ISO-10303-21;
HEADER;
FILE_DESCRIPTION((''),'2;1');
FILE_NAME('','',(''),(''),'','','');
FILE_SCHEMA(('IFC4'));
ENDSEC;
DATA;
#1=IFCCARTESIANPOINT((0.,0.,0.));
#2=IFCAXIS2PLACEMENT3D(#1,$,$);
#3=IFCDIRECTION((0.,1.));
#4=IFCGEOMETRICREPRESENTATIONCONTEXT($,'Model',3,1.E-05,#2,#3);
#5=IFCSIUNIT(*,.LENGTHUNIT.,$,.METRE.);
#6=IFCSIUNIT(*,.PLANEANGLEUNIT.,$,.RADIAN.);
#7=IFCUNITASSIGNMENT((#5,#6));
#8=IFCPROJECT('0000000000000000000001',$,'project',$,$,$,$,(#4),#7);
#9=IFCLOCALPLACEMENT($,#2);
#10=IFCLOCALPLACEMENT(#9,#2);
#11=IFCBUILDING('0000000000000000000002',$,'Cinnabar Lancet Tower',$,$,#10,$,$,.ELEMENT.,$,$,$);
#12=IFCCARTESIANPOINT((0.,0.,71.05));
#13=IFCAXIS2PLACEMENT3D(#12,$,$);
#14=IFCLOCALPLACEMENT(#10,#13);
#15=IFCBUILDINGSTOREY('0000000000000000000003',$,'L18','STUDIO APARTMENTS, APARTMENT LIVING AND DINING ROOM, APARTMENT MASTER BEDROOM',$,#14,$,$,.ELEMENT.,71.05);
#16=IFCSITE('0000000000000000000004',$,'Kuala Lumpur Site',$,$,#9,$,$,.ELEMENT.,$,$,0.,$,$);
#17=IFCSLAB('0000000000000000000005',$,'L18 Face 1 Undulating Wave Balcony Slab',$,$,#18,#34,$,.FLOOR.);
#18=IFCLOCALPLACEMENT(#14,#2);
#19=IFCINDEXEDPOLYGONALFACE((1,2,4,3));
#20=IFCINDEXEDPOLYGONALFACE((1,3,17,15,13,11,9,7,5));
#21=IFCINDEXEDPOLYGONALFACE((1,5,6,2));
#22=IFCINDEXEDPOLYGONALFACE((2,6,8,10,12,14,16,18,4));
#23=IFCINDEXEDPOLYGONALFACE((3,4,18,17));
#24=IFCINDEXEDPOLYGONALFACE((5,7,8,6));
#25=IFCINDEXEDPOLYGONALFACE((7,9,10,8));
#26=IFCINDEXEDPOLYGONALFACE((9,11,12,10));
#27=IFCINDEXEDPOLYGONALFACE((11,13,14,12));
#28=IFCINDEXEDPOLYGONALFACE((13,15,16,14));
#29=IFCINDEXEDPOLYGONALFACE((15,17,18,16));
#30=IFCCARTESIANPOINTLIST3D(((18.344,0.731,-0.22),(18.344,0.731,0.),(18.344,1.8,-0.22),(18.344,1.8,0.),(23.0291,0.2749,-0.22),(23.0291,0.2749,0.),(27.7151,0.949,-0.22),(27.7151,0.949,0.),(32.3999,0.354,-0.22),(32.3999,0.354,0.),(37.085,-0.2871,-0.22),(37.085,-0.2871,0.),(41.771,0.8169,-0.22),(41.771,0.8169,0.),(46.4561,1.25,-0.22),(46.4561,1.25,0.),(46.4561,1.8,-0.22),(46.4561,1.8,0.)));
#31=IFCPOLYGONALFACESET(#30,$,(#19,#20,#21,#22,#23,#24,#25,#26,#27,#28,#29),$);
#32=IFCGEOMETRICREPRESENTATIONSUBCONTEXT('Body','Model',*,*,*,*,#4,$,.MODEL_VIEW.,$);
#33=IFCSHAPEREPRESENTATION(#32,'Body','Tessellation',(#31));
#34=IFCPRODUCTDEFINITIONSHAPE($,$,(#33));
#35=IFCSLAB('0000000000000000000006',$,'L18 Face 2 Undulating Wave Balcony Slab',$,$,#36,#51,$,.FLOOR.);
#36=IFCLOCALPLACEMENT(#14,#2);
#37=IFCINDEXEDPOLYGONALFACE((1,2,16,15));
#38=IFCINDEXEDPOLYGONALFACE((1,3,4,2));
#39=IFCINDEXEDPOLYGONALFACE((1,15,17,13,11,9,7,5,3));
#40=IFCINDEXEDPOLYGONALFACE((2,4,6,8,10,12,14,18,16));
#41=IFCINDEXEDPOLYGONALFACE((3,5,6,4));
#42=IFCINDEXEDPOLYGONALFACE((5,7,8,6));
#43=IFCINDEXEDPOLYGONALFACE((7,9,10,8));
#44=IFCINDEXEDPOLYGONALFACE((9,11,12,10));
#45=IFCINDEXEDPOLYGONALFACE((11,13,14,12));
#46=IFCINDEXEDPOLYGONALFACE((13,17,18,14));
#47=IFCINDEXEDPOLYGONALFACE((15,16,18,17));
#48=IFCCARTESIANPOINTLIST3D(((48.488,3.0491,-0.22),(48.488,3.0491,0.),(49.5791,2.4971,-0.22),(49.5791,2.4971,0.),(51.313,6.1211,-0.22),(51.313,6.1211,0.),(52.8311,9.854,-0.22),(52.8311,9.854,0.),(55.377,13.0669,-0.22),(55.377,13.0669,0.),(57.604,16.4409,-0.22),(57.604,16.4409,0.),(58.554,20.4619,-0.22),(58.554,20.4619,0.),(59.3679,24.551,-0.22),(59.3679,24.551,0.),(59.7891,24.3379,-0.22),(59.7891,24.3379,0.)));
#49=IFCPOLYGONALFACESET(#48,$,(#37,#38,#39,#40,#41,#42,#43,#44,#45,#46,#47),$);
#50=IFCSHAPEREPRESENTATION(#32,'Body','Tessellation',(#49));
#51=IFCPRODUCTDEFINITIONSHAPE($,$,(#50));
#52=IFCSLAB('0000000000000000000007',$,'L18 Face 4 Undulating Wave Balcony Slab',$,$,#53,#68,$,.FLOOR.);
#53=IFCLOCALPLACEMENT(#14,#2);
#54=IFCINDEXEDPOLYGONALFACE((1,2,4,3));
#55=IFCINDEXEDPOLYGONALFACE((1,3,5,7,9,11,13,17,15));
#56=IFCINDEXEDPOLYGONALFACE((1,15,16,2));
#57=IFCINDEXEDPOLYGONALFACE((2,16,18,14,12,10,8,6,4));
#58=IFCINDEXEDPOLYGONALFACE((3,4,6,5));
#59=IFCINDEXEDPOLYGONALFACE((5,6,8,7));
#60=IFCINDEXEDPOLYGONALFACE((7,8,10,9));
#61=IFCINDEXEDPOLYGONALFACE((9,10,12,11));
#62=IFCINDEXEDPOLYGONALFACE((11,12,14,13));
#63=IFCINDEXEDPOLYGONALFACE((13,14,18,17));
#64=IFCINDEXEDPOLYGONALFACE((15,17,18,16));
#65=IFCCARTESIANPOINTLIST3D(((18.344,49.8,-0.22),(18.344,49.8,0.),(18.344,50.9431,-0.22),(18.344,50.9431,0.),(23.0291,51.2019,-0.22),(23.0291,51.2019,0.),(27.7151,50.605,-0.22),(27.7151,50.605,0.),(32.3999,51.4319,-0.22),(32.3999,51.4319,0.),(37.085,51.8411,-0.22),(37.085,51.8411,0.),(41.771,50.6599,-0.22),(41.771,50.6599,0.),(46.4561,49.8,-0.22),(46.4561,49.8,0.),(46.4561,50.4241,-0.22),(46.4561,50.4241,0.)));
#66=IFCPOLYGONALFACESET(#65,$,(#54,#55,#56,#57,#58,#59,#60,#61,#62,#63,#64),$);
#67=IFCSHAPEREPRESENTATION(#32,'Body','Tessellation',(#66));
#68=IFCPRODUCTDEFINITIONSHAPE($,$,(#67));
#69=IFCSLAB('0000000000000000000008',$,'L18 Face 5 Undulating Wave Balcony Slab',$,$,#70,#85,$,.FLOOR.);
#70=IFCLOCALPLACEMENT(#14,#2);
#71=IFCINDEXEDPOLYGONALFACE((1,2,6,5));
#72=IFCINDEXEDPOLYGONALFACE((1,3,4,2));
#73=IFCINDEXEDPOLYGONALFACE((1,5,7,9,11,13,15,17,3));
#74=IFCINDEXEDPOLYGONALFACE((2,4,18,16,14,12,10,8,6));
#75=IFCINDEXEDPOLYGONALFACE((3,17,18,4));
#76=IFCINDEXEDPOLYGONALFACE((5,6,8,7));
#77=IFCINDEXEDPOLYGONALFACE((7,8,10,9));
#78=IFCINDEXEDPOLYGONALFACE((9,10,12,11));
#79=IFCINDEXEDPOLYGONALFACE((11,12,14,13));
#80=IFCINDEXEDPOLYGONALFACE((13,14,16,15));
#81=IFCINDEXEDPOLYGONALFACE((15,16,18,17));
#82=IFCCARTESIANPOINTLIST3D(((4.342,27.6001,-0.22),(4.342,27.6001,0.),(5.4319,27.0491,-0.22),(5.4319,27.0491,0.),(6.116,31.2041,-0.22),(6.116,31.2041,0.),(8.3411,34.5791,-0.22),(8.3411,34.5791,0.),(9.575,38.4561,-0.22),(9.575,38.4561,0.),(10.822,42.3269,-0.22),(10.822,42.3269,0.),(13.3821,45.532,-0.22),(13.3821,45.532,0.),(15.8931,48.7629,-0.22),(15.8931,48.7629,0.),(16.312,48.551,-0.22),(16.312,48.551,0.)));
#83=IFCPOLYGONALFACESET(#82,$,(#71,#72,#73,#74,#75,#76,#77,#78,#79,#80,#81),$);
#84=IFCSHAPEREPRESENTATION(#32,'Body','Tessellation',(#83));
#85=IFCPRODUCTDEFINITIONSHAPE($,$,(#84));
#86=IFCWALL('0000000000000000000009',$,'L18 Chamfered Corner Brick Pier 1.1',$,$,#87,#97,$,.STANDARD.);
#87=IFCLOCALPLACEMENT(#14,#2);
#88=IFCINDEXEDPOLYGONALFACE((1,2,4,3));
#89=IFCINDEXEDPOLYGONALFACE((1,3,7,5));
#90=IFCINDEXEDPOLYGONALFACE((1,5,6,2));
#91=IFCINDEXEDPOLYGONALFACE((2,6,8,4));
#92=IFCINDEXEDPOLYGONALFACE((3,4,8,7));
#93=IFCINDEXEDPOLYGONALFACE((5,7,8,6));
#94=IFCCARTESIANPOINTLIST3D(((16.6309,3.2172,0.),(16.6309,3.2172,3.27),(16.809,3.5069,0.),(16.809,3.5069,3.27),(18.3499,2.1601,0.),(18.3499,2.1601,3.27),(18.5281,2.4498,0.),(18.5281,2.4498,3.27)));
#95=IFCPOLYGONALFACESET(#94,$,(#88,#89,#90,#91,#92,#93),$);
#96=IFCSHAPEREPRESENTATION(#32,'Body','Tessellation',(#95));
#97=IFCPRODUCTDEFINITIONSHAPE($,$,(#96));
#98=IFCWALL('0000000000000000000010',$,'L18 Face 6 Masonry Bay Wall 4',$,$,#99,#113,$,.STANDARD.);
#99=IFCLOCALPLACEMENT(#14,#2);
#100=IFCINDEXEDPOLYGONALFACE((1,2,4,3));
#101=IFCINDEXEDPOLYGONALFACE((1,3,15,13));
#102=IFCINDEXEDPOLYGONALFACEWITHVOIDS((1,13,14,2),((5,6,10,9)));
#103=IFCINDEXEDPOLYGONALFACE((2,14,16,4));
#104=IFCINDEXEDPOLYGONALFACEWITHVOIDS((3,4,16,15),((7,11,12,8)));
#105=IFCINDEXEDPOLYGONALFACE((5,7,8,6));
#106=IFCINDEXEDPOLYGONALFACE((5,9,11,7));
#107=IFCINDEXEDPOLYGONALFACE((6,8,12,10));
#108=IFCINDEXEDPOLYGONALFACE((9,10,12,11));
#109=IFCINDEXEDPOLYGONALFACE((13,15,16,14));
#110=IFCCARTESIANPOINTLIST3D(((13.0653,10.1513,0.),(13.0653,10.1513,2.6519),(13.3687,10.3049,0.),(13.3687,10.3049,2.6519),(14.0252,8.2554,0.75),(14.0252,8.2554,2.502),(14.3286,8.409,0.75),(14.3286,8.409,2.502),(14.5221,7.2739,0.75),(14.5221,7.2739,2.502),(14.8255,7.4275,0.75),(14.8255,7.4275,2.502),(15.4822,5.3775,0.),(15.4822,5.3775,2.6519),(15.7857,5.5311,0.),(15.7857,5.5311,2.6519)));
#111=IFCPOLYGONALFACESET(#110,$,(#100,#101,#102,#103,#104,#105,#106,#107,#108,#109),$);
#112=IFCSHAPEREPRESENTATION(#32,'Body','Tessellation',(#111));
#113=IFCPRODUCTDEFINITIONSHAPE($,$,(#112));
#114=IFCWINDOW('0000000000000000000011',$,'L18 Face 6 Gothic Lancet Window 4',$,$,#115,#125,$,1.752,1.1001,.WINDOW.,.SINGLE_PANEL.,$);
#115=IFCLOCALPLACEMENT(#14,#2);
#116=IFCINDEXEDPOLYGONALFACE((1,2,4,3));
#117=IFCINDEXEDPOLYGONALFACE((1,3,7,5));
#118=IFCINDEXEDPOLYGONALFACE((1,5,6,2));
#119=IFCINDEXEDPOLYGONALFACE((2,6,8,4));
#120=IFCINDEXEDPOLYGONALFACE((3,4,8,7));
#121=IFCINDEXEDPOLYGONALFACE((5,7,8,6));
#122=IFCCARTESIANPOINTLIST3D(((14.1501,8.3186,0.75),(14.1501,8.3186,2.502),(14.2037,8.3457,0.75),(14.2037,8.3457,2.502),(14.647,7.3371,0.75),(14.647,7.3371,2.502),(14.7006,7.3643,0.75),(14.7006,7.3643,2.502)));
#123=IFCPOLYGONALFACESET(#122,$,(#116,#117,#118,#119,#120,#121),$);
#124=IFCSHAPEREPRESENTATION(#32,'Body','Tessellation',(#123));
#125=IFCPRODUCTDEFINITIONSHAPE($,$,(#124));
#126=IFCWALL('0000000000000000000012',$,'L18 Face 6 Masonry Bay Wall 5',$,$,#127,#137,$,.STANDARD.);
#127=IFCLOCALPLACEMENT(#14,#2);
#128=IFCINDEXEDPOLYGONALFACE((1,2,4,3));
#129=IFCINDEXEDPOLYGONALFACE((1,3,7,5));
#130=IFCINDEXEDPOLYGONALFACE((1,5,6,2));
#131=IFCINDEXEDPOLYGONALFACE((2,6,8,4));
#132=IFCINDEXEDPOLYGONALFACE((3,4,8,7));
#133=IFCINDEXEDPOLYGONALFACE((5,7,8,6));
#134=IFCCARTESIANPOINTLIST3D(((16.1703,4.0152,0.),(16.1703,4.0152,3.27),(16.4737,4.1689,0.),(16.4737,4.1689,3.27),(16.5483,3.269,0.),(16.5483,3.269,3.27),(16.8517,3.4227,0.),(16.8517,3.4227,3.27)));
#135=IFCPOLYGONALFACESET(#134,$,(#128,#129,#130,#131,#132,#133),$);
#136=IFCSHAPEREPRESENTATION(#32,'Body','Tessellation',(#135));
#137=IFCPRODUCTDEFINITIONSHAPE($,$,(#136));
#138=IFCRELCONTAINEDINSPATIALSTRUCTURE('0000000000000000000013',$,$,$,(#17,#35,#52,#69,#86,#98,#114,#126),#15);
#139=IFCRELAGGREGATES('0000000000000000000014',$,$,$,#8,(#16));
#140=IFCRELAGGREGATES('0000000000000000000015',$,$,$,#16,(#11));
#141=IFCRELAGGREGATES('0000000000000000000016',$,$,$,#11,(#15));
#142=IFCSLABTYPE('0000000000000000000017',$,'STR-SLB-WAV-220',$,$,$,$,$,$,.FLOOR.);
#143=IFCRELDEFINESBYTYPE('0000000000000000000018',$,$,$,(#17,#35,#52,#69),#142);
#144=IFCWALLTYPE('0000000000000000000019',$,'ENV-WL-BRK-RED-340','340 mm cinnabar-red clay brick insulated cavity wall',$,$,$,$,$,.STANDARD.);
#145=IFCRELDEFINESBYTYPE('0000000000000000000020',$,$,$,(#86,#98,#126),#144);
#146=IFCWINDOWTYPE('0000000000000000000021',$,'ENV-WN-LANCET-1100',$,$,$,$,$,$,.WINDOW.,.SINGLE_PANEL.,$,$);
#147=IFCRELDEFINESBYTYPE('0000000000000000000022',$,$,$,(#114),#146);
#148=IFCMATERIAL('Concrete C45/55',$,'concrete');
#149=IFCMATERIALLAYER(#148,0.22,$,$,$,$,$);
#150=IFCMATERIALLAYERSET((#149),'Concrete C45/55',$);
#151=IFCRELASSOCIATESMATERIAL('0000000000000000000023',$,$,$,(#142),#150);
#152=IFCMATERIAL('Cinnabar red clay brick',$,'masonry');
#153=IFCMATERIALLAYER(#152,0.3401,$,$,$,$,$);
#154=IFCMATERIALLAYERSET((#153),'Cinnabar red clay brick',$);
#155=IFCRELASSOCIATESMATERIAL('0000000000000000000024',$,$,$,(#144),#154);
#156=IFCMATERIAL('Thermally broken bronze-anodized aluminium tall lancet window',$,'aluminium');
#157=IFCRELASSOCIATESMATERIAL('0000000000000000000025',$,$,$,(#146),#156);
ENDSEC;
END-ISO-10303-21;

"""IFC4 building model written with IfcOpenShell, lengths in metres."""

from ifc_helpers import new_model, si_unit, direction, frame, frame_2d, origin, place, context, subcontext, project, spatial, polyline, rectangle, outline, extrude, material, layer, layer_set, type_object, element, fill, save


model = new_model("IFC4")

# Units and contexts
model_context = context("Model", 3, precision=1e-05, world=origin(), true_north=direction((0.0, 1.0)))
body_context = subcontext(model_context, "Body", "Model", "MODEL_VIEW")
ifc_project = project(units=[si_unit("LENGTHUNIT", "METRE"), si_unit("PLANEANGLEUNIT", "RADIAN")], contexts=[model_context])

# Site, building, storey
site_placement = place(None, origin())
site = spatial("IfcSite", under=ifc_project, at=site_placement, Name="Kuala Lumpur Site", CompositionType="ELEMENT", RefElevation=0.0)
building_placement = place(site_placement, origin())
building = spatial("IfcBuilding", under=site, at=building_placement, Name="Cinnabar Lancet Tower", CompositionType="ELEMENT")
storey_placement = place(building_placement, frame((0.0, 0.0, 71.05)))
storey = spatial("IfcBuildingStorey", under=building, at=storey_placement, Name="L18", Description="STUDIO APARTMENTS, APARTMENT LIVING AND DINING ROOM, APARTMENT MASTER BEDROOM", CompositionType="ELEMENT", Elevation=71.05)

# Slabs
ifc_material_1 = material(Name="Concrete C45/55", Category="concrete")
ifc_layer_1 = layer(ifc_material_1, 0.22)
ifc_layer_set_1 = layer_set([ifc_layer_1], Name="Concrete C45/55")
slab_type_1 = type_object("IfcSlabType", Name="STR-SLB-WAV-220", PredefinedType="FLOOR", material=ifc_layer_set_1)
slab_1_placement = place(storey_placement, frame((0.0, 0.0, -0.22)))
element("IfcSlab", 1, at=slab_1_placement, inside=storey, type_object=slab_type_1, Name="L18 Face 1 Undulating Wave Balcony Slab", PredefinedType="FLOOR", context=body_context, shape_type="SweptSolid", body=[
    extrude(outline(polyline([(18.344, 1.8), (18.344, 0.731), (23.0291, 0.2749), (27.7151, 0.949), (32.3999, 0.354), (37.085, -0.2871), (41.771, 0.8169), (46.4561, 1.25), (46.4561, 1.8), (18.344, 1.8)])), origin(), (0.0, 0.0, 1.0), 0.22),
])
slab_2_placement = place(storey_placement, frame((0.0, 0.0, -0.22)))
element("IfcSlab", 2, at=slab_2_placement, inside=storey, type_object=slab_type_1, Name="L18 Face 2 Undulating Wave Balcony Slab", PredefinedType="FLOOR", context=body_context, shape_type="SweptSolid", body=[
    extrude(outline(polyline([(48.488, 3.0491), (49.5791, 2.4971), (51.313, 6.1211), (52.8311, 9.854), (55.377, 13.0669), (57.604, 16.4409), (58.554, 20.4619), (59.7891, 24.3379), (59.3679, 24.551), (48.488, 3.0491)])), origin(), (0.0, 0.0, 1.0), 0.22),
])
slab_3_placement = place(storey_placement, frame((0.0, 0.0, -0.22)))
element("IfcSlab", 3, at=slab_3_placement, inside=storey, type_object=slab_type_1, Name="L18 Face 4 Undulating Wave Balcony Slab", PredefinedType="FLOOR", context=body_context, shape_type="SweptSolid", body=[
    extrude(outline(polyline([(46.4561, 49.8), (46.4561, 50.4241), (41.771, 50.6599), (37.085, 51.8411), (32.3999, 51.4319), (27.7151, 50.605), (23.0291, 51.2019), (18.344, 50.9431), (18.344, 49.8), (46.4561, 49.8)])), origin(), (0.0, 0.0, 1.0), 0.22),
])
slab_4_placement = place(storey_placement, frame((0.0, 0.0, -0.22)))
element("IfcSlab", 4, at=slab_4_placement, inside=storey, type_object=slab_type_1, Name="L18 Face 5 Undulating Wave Balcony Slab", PredefinedType="FLOOR", context=body_context, shape_type="SweptSolid", body=[
    extrude(outline(polyline([(16.312, 48.551), (15.8931, 48.7629), (13.3821, 45.532), (10.822, 42.3269), (9.575, 38.4561), (8.3411, 34.5791), (6.116, 31.2041), (4.342, 27.6001), (5.4319, 27.0491), (16.312, 48.551)])), origin(), (0.0, 0.0, 1.0), 0.22),
])

# Wall
ifc_material_2 = material(Name="Cinnabar red clay brick", Category="masonry")
ifc_layer_2 = layer(ifc_material_2, 0.3401)
ifc_layer_set_2 = layer_set([ifc_layer_2], Name="Cinnabar red clay brick")
wall_type = type_object("IfcWallType", Name="ENV-WL-BRK-RED-340", Description="340 mm cinnabar-red clay brick insulated cavity wall", PredefinedType="STANDARD", material=ifc_layer_set_2)
wall_1_placement = place(storey_placement, frame((16.72, 3.3621, 0.0), z_axis=(0.0, 0.0, 1.0), x_axis=(0.851816, -0.523841, 0.0)))
element("IfcWall", 5, at=wall_1_placement, inside=storey, type_object=wall_type, Name="L18 Chamfered Corner Brick Pier 1.1", PredefinedType="STANDARD", context=body_context, shape_type="SweptSolid", body=[
    extrude(rectangle(XDim=2.0181, YDim=0.3401, at=frame_2d((1.009, 0.0))), origin(), (0.0, 0.0, 1.0), 3.27),
])

# Wall, opening, window
wall_2_placement = place(storey_placement, frame((13.217, 10.228, 0.0), z_axis=(0.0, 0.0, 1.0), x_axis=(0.451698, -0.892171, 0.0)))
wall_2 = element("IfcWall", 6, at=wall_2_placement, inside=storey, type_object=wall_type, Name="L18 Face 6 Masonry Bay Wall 4", PredefinedType="STANDARD", context=body_context, shape_type="SweptSolid", body=[
    extrude(rectangle(XDim=5.3508, YDim=0.3401, at=frame_2d((2.6753, 0.0))), origin(), (0.0, 0.0, 1.0), 2.6519),
])
opening_placement = place(wall_2_placement, frame((2.125, 0.0, 0.75)))
opening = element("IfcOpeningElement", 7, at=opening_placement, cuts=wall_2, PredefinedType="OPENING", context=body_context, shape_type="SweptSolid", body=[
    extrude(rectangle(XDim=1.1001, YDim=1.752, at=frame_2d((0.55, 0.876))), frame((0.0, 0.1799, 0.0), z_axis=(0.0, -1.0, 0.0), x_axis=(1.0, 0.0, 0.0)), (0.0, 0.0, 1.0), 0.3601),
])
ifc_material_3 = material(Name="Thermally broken bronze-anodized aluminium tall lancet window", Category="aluminium")
window_type = type_object("IfcWindowType", Name="ENV-WN-LANCET-1100", PartitioningType="SINGLE_PANEL", PredefinedType="WINDOW", material=ifc_material_3)
window_placement = place(opening_placement, origin())
window = element("IfcWindow", 8, at=window_placement, inside=storey, type_object=window_type, Name="L18 Face 6 Gothic Lancet Window 4", OverallHeight=1.752, OverallWidth=1.1001, PartitioningType="SINGLE_PANEL", PredefinedType="WINDOW", context=body_context, shape_type="SweptSolid", body=[
    extrude(rectangle(XDim=1.1001, YDim=1.752, at=frame_2d((0.55, 0.876))), frame((0.0, 0.03, 0.0), z_axis=(0.0, -1.0, 0.0), x_axis=(1.0, 0.0, 0.0)), (0.0, 0.0, 1.0), 0.0601),
])
fill(opening, window)

# Wall
wall_3_placement = place(storey_placement, frame((16.322, 4.092, 0.0), z_axis=(0.0, 0.0, 1.0), x_axis=(0.451878, -0.89208, 0.0)))
element("IfcWall", 9, at=wall_3_placement, inside=storey, type_object=wall_type, Name="L18 Face 6 Masonry Bay Wall 5", PredefinedType="STANDARD", context=body_context, shape_type="SweptSolid", body=[
    extrude(rectangle(XDim=0.8364, YDim=0.3401, at=frame_2d((0.4182, 0.0))), origin(), (0.0, 0.0, 1.0), 3.27),
])

save(model, "model.ifc")
